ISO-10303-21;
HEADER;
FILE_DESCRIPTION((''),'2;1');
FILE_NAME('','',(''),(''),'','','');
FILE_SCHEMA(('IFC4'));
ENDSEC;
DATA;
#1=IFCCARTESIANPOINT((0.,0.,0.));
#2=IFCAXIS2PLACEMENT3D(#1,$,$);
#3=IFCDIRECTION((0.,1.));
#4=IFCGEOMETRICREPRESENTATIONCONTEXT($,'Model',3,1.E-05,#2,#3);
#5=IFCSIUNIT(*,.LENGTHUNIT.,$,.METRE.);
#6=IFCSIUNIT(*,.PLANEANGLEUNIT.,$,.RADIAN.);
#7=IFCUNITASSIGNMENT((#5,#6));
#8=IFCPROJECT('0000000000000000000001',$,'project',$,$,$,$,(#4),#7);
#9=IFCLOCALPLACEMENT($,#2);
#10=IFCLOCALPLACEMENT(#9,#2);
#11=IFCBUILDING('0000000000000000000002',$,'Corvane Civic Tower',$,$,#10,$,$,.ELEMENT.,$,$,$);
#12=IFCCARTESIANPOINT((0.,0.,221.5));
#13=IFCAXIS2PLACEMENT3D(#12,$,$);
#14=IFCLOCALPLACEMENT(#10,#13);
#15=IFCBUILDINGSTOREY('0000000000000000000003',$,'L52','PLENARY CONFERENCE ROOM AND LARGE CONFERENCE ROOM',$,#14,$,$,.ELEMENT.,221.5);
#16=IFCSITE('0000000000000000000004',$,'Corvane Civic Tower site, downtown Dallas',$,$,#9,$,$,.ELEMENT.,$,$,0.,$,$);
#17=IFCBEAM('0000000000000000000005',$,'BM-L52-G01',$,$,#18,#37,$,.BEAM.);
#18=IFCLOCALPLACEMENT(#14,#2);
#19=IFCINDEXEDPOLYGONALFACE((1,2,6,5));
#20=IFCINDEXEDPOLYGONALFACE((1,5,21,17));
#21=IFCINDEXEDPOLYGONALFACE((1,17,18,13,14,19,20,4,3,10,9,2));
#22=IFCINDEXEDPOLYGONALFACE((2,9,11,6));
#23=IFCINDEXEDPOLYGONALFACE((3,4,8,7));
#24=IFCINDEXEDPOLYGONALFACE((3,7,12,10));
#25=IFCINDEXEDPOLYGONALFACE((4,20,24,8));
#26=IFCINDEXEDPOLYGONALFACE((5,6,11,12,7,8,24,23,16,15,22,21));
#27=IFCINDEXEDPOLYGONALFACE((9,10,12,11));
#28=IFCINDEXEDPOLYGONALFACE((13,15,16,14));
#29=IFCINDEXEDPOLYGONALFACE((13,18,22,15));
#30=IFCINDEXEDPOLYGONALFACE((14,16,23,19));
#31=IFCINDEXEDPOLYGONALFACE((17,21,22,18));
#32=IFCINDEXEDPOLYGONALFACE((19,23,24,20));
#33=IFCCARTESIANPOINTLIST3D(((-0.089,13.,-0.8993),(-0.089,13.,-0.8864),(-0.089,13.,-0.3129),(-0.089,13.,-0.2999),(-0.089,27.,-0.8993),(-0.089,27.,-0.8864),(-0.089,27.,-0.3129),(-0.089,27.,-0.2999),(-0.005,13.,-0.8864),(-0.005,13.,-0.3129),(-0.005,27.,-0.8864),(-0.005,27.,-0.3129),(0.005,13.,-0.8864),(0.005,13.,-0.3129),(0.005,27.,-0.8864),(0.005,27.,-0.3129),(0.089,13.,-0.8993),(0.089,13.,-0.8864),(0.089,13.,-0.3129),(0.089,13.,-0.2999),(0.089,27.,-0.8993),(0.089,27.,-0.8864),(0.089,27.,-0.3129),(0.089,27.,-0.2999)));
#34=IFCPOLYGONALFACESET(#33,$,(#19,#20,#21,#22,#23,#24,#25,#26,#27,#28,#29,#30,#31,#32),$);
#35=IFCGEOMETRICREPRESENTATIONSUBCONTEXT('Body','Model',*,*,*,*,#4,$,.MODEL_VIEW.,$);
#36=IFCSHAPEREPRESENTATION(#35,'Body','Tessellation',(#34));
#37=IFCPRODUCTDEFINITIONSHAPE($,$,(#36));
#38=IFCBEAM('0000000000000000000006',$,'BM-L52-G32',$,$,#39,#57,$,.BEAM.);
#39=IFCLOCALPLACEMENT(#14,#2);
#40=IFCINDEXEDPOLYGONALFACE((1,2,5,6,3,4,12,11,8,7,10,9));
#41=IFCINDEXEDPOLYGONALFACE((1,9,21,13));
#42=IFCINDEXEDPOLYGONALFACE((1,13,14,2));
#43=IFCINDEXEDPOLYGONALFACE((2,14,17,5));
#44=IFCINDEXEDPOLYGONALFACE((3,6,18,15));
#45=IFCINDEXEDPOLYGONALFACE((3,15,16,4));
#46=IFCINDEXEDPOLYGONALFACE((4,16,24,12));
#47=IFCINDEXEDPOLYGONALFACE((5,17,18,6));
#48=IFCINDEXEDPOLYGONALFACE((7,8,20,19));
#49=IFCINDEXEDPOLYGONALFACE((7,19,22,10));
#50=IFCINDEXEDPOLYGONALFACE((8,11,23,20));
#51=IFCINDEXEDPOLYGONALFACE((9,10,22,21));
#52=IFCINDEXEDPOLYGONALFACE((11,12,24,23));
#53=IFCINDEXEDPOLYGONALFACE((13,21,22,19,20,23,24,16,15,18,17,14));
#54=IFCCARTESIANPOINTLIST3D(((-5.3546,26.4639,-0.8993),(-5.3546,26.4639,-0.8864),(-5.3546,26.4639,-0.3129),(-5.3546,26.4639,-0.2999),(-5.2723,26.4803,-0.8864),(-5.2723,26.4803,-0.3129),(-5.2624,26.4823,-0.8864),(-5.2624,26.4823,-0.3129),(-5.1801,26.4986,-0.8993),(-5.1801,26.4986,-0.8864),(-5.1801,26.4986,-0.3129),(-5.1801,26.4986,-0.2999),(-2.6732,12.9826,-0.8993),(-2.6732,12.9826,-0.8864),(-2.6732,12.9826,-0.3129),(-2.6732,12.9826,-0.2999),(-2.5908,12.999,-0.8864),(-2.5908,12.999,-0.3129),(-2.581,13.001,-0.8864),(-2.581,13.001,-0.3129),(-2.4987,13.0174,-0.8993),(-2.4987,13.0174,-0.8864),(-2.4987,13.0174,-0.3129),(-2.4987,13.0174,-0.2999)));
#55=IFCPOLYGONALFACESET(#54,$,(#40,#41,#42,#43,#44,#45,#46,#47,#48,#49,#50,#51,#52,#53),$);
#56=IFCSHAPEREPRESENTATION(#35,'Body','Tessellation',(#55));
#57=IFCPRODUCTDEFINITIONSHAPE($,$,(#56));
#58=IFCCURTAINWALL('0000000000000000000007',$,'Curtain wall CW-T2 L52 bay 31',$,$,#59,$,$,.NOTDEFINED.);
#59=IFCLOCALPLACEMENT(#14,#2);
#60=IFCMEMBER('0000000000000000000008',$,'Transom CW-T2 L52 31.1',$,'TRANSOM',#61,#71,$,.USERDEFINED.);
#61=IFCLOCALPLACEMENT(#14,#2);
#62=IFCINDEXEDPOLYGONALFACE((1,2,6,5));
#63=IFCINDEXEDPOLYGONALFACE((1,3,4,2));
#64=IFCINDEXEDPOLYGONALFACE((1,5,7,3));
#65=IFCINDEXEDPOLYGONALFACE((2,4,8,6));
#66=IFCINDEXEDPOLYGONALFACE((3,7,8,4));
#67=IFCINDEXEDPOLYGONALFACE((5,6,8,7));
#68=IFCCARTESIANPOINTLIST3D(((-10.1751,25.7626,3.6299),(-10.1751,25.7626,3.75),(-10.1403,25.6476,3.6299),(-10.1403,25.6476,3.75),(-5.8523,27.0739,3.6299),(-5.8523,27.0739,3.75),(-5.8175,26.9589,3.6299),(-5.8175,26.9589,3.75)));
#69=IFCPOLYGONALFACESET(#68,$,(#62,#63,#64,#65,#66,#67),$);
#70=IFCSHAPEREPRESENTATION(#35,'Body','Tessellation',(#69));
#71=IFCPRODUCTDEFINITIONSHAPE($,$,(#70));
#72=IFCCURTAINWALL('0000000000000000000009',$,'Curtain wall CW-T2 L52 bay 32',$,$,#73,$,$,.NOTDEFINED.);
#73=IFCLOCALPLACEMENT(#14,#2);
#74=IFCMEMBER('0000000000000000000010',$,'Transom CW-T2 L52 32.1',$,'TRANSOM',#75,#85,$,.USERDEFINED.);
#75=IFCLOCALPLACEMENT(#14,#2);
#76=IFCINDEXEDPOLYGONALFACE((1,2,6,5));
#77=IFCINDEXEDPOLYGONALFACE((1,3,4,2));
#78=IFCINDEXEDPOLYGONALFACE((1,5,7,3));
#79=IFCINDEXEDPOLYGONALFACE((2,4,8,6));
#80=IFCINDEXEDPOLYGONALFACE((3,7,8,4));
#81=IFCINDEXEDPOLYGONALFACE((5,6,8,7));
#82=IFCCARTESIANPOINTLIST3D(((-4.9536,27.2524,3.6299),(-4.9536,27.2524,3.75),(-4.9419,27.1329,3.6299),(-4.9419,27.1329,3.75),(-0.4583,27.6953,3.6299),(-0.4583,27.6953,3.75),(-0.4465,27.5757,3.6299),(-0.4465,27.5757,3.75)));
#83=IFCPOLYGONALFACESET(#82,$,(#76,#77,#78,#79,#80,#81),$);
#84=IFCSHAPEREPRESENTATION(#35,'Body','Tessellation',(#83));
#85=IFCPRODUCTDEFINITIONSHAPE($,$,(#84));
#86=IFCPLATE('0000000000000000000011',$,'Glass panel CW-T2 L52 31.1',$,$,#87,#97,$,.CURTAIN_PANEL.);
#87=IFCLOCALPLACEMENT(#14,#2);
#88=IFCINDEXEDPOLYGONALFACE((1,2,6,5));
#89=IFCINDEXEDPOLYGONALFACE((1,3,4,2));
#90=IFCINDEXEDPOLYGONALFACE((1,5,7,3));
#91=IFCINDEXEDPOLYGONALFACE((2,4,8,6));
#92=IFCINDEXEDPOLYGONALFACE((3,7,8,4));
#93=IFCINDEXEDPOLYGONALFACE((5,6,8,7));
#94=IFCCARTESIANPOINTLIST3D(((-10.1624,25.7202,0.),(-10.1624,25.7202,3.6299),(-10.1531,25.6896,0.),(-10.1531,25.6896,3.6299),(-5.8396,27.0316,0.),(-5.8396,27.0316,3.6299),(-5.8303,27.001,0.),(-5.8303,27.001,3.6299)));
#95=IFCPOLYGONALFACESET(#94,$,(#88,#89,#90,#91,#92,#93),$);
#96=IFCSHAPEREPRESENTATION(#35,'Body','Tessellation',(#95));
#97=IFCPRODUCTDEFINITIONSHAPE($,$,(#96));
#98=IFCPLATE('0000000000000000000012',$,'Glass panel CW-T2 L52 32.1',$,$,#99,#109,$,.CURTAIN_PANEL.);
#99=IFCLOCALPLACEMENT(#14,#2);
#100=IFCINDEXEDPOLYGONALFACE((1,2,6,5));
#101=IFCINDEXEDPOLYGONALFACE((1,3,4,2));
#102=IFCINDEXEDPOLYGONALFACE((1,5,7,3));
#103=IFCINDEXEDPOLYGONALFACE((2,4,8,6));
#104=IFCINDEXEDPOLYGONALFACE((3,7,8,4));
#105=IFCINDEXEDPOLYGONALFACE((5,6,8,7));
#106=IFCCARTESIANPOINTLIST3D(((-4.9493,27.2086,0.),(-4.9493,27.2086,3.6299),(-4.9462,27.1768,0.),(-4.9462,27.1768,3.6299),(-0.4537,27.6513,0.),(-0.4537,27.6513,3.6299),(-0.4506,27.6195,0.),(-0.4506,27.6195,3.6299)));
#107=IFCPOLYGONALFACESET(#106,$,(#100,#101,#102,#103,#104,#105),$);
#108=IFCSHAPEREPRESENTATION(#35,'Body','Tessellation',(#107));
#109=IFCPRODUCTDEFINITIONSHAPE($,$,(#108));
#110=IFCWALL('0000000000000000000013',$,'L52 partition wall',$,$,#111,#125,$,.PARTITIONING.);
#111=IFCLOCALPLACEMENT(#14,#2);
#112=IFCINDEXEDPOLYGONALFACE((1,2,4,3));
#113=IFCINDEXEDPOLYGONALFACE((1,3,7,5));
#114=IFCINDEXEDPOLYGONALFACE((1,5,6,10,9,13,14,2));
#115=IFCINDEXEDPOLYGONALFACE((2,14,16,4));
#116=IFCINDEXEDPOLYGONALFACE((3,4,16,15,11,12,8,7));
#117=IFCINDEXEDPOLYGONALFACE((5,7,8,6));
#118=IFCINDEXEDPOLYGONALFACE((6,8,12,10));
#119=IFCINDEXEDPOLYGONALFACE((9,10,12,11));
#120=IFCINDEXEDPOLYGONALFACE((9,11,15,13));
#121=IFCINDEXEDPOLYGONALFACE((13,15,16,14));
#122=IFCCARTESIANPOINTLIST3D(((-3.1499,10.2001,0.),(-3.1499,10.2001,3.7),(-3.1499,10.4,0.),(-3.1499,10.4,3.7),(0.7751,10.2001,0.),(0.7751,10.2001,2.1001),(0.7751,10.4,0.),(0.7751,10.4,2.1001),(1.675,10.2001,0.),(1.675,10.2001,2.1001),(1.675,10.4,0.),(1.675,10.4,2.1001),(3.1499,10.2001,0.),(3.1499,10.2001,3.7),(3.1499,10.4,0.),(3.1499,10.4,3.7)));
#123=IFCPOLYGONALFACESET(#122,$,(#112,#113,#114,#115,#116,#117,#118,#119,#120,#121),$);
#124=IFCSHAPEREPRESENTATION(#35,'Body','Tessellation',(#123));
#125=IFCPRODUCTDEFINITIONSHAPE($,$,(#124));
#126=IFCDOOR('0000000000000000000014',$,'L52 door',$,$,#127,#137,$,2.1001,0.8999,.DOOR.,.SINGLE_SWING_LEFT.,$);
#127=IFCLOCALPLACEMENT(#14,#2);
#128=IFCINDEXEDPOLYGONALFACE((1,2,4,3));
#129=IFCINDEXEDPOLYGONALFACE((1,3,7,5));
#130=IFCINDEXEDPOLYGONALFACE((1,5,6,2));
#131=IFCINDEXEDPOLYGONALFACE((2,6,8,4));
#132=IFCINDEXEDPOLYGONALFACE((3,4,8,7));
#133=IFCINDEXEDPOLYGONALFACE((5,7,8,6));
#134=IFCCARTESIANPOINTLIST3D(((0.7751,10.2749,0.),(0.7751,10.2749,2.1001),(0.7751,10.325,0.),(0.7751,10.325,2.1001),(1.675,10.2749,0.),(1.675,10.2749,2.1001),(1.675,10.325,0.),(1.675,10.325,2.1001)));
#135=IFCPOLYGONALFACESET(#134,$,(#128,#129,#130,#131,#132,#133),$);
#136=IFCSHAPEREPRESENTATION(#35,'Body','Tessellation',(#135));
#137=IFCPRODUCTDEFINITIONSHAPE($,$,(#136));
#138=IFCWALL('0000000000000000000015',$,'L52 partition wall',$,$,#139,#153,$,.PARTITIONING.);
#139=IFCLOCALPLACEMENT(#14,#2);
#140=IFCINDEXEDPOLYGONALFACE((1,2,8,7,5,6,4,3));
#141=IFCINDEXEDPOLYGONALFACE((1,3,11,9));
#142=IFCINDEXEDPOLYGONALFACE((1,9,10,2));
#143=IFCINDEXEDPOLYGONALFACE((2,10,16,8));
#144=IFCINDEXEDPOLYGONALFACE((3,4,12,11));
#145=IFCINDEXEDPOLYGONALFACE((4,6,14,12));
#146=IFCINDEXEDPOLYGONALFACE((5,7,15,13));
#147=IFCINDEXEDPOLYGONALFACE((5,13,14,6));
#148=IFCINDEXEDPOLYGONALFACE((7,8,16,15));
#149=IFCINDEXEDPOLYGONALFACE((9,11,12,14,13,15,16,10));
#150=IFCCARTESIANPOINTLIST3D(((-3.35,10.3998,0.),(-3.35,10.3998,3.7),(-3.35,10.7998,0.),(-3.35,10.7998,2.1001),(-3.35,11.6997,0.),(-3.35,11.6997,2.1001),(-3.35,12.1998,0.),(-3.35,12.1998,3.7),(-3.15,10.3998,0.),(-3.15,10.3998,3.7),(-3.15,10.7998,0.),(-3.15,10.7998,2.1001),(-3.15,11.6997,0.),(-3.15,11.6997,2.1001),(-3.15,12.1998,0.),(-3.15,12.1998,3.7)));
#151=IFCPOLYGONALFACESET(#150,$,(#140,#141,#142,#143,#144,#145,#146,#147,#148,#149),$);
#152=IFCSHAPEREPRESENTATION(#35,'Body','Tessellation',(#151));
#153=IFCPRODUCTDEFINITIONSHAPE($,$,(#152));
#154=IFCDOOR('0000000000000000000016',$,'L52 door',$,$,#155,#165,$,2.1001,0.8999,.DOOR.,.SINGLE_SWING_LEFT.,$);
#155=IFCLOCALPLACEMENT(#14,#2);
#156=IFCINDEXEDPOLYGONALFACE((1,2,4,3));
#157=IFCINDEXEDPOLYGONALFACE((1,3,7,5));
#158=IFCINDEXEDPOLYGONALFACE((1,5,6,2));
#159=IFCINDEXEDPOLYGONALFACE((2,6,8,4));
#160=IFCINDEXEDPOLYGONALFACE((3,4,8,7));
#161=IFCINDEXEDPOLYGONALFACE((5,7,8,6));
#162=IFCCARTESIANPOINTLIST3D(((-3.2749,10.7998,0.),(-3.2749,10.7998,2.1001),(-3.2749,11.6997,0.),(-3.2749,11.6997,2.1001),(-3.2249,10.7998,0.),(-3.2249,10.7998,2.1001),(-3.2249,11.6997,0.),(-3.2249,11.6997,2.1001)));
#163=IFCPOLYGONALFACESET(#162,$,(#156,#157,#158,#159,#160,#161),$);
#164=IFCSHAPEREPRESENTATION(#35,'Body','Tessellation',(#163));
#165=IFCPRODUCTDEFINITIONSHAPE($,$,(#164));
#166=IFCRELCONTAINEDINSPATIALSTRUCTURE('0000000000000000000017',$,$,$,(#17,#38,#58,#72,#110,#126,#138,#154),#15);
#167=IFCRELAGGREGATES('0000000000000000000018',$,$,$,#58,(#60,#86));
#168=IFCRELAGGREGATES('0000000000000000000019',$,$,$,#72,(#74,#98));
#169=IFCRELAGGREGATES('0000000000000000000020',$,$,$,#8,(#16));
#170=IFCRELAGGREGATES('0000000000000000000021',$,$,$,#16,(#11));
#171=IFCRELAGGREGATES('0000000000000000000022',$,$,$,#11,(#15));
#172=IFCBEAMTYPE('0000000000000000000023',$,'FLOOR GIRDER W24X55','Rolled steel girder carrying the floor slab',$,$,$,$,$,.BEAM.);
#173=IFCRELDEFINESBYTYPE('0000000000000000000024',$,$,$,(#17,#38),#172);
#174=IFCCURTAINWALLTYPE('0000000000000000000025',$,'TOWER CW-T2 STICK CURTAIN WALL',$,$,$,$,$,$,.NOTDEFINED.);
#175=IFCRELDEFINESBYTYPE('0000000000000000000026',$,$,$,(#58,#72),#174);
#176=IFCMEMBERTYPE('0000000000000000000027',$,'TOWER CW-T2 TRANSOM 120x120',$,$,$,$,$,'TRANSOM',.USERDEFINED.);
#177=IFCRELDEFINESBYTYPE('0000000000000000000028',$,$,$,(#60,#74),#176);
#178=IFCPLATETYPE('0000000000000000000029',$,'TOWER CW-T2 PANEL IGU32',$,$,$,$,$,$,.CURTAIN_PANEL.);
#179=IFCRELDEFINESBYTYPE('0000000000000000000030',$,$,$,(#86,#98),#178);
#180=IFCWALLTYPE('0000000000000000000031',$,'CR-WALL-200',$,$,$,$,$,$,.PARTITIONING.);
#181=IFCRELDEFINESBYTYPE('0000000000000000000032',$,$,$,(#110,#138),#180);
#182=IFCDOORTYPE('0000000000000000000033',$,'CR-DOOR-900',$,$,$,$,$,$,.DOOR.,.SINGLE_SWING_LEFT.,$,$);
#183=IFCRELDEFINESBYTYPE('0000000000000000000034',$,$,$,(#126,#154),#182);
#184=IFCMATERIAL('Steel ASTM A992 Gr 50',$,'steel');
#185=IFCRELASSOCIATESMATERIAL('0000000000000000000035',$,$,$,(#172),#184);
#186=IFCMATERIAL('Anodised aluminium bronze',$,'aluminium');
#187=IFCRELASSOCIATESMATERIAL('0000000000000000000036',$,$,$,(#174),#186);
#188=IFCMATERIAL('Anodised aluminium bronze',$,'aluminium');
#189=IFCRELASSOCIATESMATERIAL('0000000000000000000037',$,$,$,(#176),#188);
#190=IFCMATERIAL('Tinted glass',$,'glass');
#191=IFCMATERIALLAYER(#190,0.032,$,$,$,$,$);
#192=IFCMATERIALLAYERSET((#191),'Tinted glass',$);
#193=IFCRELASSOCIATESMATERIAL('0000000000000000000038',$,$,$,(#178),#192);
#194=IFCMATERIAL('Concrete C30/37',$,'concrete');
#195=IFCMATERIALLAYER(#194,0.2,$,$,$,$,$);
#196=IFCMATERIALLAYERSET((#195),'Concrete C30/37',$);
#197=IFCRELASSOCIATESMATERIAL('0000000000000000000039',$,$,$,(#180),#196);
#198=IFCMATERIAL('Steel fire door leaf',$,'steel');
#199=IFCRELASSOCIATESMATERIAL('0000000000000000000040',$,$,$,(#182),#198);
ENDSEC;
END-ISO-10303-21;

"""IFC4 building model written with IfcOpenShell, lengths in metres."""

from ifc_helpers import new_model, si_unit, direction, frame, frame_2d, origin, origin_2d, place, context, subcontext, project, spatial, rectangle, i_section, extrude, material, layer, layer_set, material_profile, profile_set, type_object, element, fill, aggregate, save


model = new_model("IFC4")

# Units and contexts
model_context = context("Model", 3, precision=1e-05, world=origin(), true_north=direction((0.0, 1.0)))
body_context = subcontext(model_context, "Body", "Model", "MODEL_VIEW")
ifc_project = project(units=[si_unit("LENGTHUNIT", "METRE"), si_unit("PLANEANGLEUNIT", "RADIAN")], contexts=[model_context])

# Site, building, storey
site_placement = place(None, origin())
site = spatial("IfcSite", under=ifc_project, at=site_placement, Name="Corvane Civic Tower site, downtown Dallas", CompositionType="ELEMENT", RefElevation=0.0)
building_placement = place(site_placement, origin())
building = spatial("IfcBuilding", under=site, at=building_placement, Name="Corvane Civic Tower", CompositionType="ELEMENT")
storey_placement = place(building_placement, frame((0.0, 0.0, 221.5)))
storey = spatial("IfcBuildingStorey", under=building, at=storey_placement, Name="L52", Description="PLENARY CONFERENCE ROOM AND LARGE CONFERENCE ROOM", CompositionType="ELEMENT", Elevation=221.5)

# Beams
ifc_material_1 = material(Name="Steel ASTM A992 Gr 50", Category="steel")
ifc_material_profile_1 = material_profile(ifc_material_1, i_section(OverallWidth=0.178, OverallDepth=0.5994, WebThickness=0.01, FlangeThickness=0.0129, at=origin_2d()), Name="W24X55")
ifc_profile_set_1 = profile_set([ifc_material_profile_1], Name="Steel ASTM A992 Gr 50")
beam_type_1 = type_object("IfcBeamType", Name="FLOOR GIRDER W24X55", Description="Rolled steel girder carrying the floor slab", PredefinedType="BEAM", material=ifc_profile_set_1)
beam_1_placement = place(storey_placement, frame((0.0, 13.0, -0.5996), z_axis=(0.0, 1.0, 0.0), x_axis=(-1.0, 0.0, 0.0)))
element("IfcBeam", 1, at=beam_1_placement, inside=storey, type_object=beam_type_1, Name="BM-L52-G01", PredefinedType="BEAM", context=body_context, shape_type="SweptSolid", body=[
    extrude(i_section(OverallWidth=0.178, OverallDepth=0.5994, WebThickness=0.01, FlangeThickness=0.0129, at=origin_2d()), origin(), (0.0, 0.0, 1.0), 14.0),
])
beam_2_placement = place(storey_placement, frame((-2.5859, 13.0, -0.5996), z_axis=(-0.195078, 0.980788, 0.0), x_axis=(-0.980788, -0.195078, 0.0)))
element("IfcBeam", 2, at=beam_2_placement, inside=storey, type_object=beam_type_1, Name="BM-L52-G32", PredefinedType="BEAM", context=body_context, shape_type="SweptSolid", body=[
    extrude(i_section(OverallWidth=0.178, OverallDepth=0.5994, WebThickness=0.01, FlangeThickness=0.0129, at=origin_2d()), origin(), (0.0, 0.0, 1.0), 13.7454),
])

# Curtain walls, members
ifc_material_2 = material(Name="Anodised aluminium bronze", Category="aluminium")
curtain_wall_type = type_object("IfcCurtainWallType", Name="TOWER CW-T2 STICK CURTAIN WALL", PredefinedType="NOTDEFINED", material=ifc_material_2)
curtain_wall_1_placement = place(storey_placement, origin())
curtain_wall_1 = element("IfcCurtainWall", 3, at=curtain_wall_1_placement, inside=storey, type_object=curtain_wall_type, Name="Curtain wall CW-T2 L52 bay 31", PredefinedType="NOTDEFINED")
ifc_material_3 = material(Name="Anodised aluminium bronze", Category="aluminium")
ifc_material_profile_2 = material_profile(ifc_material_3, rectangle(XDim=0.1201, YDim=0.1201, at=origin_2d()), Name="TOWER CW-T2 TRANSOM 120x120")
ifc_profile_set_2 = profile_set([ifc_material_profile_2], Name="Anodised aluminium bronze")
member_type = type_object("IfcMemberType", Name="TOWER CW-T2 TRANSOM 120x120", ElementType="TRANSOM", PredefinedType="USERDEFINED", material=ifc_profile_set_2)
member_1_placement = place(storey_placement, frame((-10.1577, 25.7051, 3.6899), z_axis=(0.956941, 0.290282, 0.0), x_axis=(-0.290282, 0.956941, 0.0)))
member_1 = element("IfcMember", 4, at=member_1_placement, type_object=member_type, Name="Transom CW-T2 L52 31.1", ObjectType="TRANSOM", PredefinedType="USERDEFINED", context=body_context, shape_type="SweptSolid", body=[
    extrude(rectangle(XDim=0.1201, YDim=0.1201, at=origin_2d()), origin(), (0.0, 0.0, 1.0), 4.5173),
])
curtain_wall_2_placement = place(storey_placement, origin())
curtain_wall_2 = element("IfcCurtainWall", 5, at=curtain_wall_2_placement, inside=storey, type_object=curtain_wall_type, Name="Curtain wall CW-T2 L52 bay 32", PredefinedType="NOTDEFINED")
member_2_placement = place(storey_placement, frame((-4.9478, 27.1926, 3.6899), z_axis=(0.995182, 0.098043, 0.0), x_axis=(-0.098043, 0.995182, 0.0)))
member_2 = element("IfcMember", 6, at=member_2_placement, type_object=member_type, Name="Transom CW-T2 L52 32.1", ObjectType="TRANSOM", PredefinedType="USERDEFINED", context=body_context, shape_type="SweptSolid", body=[
    extrude(rectangle(XDim=0.1201, YDim=0.1201, at=origin_2d()), origin(), (0.0, 0.0, 1.0), 4.5171),
])

# Plates
ifc_material_4 = material(Name="Tinted glass", Category="glass")
ifc_layer_1 = layer(ifc_material_4, 0.032)
ifc_layer_set_1 = layer_set([ifc_layer_1], Name="Tinted glass")
plate_type = type_object("IfcPlateType", Name="TOWER CW-T2 PANEL IGU32", PredefinedType="CURTAIN_PANEL", material=ifc_layer_set_1)
plate_1_placement = place(storey_placement, frame((-7.9963, 26.3606, 0.0), z_axis=(0.0, 0.0, 1.0), x_axis=(0.956939, 0.29029, 0.0)))
plate_1 = element("IfcPlate", 7, at=plate_1_placement, type_object=plate_type, Name="Glass panel CW-T2 L52 31.1", PredefinedType="CURTAIN_PANEL", context=body_context, shape_type="SweptSolid", body=[
    extrude(rectangle(XDim=4.5173, YDim=0.032, at=origin_2d()), origin(), (0.0, 0.0, 1.0), 3.6299),
])
aggregate(curtain_wall_1, [member_1, plate_1])
plate_2_placement = place(storey_placement, frame((-2.7, 27.4141, 0.0), z_axis=(0.0, 0.0, 1.0), x_axis=(0.995187, 0.097993, 0.0)))
plate_2 = element("IfcPlate", 8, at=plate_2_placement, type_object=plate_type, Name="Glass panel CW-T2 L52 32.1", PredefinedType="CURTAIN_PANEL", context=body_context, shape_type="SweptSolid", body=[
    extrude(rectangle(XDim=4.5173, YDim=0.032, at=origin_2d()), origin(), (0.0, 0.0, 1.0), 3.6299),
])
aggregate(curtain_wall_2, [member_2, plate_2])

# Walls, openings, doors
ifc_material_5 = material(Name="Concrete C30/37", Category="concrete")
ifc_layer_2 = layer(ifc_material_5, 0.2)
ifc_layer_set_2 = layer_set([ifc_layer_2], Name="Concrete C30/37")
wall_type = type_object("IfcWallType", Name="CR-WALL-200", PredefinedType="PARTITIONING", material=ifc_layer_set_2)
wall_1_placement = place(storey_placement, frame((-3.1499, 10.3, 0.0), z_axis=(0.0, 0.0, 1.0), x_axis=(1.0, 0.0, 0.0)))
wall_1 = element("IfcWall", 9, at=wall_1_placement, inside=storey, type_object=wall_type, Name="L52 partition wall", PredefinedType="PARTITIONING", context=body_context, shape_type="SweptSolid", body=[
    extrude(rectangle(XDim=6.2998, YDim=0.2, at=frame_2d((3.1499, 0.0))), origin(), (0.0, 0.0, 1.0), 3.7),
])
opening_1_placement = place(wall_1_placement, frame((3.925, 0.0, 0.0)))
opening_1 = element("IfcOpeningElement", 10, at=opening_1_placement, cuts=wall_1, PredefinedType="OPENING", context=body_context, shape_type="SweptSolid", body=[
    extrude(rectangle(XDim=0.8999, YDim=2.1001, at=frame_2d((0.45, 1.05))), frame((0.0, 0.1099, 0.0), z_axis=(0.0, -1.0, 0.0), x_axis=(1.0, 0.0, 0.0)), (0.0, 0.0, 1.0), 0.22),
])
ifc_material_6 = material(Name="Steel fire door leaf", Category="steel")
door_type = type_object("IfcDoorType", Name="CR-DOOR-900", OperationType="SINGLE_SWING_LEFT", PredefinedType="DOOR", material=ifc_material_6)
door_1_placement = place(opening_1_placement, origin())
door_1 = element("IfcDoor", 11, at=door_1_placement, inside=storey, type_object=door_type, Name="L52 door", OperationType="SINGLE_SWING_LEFT", OverallHeight=2.1001, OverallWidth=0.8999, PredefinedType="DOOR", context=body_context, shape_type="SweptSolid", body=[
    extrude(rectangle(XDim=0.8999, YDim=2.1001, at=frame_2d((0.45, 1.05))), frame((0.0, 0.0249, 0.0), z_axis=(0.0, -1.0, 0.0), x_axis=(1.0, 0.0, 0.0)), (0.0, 0.0, 1.0), 0.05),
])
fill(opening_1, door_1)
wall_2_placement = place(storey_placement, frame((-3.25, 10.3999, 0.0), z_axis=(0.0, 0.0, 1.0), x_axis=(0.0, 1.0, 0.0)))
wall_2 = element("IfcWall", 12, at=wall_2_placement, inside=storey, type_object=wall_type, Name="L52 partition wall", PredefinedType="PARTITIONING", context=body_context, shape_type="SweptSolid", body=[
    extrude(rectangle(XDim=1.8, YDim=0.2, at=frame_2d((0.8999, 0.0))), origin(), (0.0, 0.0, 1.0), 3.7),
])
opening_2_placement = place(wall_2_placement, frame((0.3999, 0.0, 0.0)))
opening_2 = element("IfcOpeningElement", 13, at=opening_2_placement, cuts=wall_2, PredefinedType="OPENING", context=body_context, shape_type="SweptSolid", body=[
    extrude(rectangle(XDim=0.8999, YDim=2.1001, at=frame_2d((0.45, 1.05))), frame((0.0, 0.1099, 0.0), z_axis=(0.0, -1.0, 0.0), x_axis=(1.0, 0.0, 0.0)), (0.0, 0.0, 1.0), 0.22),
])
door_2_placement = place(opening_2_placement, origin())
door_2 = element("IfcDoor", 14, at=door_2_placement, inside=storey, type_object=door_type, Name="L52 door", OperationType="SINGLE_SWING_LEFT", OverallHeight=2.1001, OverallWidth=0.8999, PredefinedType="DOOR", context=body_context, shape_type="SweptSolid", body=[
    extrude(rectangle(XDim=0.8999, YDim=2.1001, at=frame_2d((0.45, 1.05))), frame((0.0, 0.0249, 0.0), z_axis=(0.0, -1.0, 0.0), x_axis=(1.0, 0.0, 0.0)), (0.0, 0.0, 1.0), 0.05),
])
fill(opening_2, door_2)

save(model, "model.ifc")
